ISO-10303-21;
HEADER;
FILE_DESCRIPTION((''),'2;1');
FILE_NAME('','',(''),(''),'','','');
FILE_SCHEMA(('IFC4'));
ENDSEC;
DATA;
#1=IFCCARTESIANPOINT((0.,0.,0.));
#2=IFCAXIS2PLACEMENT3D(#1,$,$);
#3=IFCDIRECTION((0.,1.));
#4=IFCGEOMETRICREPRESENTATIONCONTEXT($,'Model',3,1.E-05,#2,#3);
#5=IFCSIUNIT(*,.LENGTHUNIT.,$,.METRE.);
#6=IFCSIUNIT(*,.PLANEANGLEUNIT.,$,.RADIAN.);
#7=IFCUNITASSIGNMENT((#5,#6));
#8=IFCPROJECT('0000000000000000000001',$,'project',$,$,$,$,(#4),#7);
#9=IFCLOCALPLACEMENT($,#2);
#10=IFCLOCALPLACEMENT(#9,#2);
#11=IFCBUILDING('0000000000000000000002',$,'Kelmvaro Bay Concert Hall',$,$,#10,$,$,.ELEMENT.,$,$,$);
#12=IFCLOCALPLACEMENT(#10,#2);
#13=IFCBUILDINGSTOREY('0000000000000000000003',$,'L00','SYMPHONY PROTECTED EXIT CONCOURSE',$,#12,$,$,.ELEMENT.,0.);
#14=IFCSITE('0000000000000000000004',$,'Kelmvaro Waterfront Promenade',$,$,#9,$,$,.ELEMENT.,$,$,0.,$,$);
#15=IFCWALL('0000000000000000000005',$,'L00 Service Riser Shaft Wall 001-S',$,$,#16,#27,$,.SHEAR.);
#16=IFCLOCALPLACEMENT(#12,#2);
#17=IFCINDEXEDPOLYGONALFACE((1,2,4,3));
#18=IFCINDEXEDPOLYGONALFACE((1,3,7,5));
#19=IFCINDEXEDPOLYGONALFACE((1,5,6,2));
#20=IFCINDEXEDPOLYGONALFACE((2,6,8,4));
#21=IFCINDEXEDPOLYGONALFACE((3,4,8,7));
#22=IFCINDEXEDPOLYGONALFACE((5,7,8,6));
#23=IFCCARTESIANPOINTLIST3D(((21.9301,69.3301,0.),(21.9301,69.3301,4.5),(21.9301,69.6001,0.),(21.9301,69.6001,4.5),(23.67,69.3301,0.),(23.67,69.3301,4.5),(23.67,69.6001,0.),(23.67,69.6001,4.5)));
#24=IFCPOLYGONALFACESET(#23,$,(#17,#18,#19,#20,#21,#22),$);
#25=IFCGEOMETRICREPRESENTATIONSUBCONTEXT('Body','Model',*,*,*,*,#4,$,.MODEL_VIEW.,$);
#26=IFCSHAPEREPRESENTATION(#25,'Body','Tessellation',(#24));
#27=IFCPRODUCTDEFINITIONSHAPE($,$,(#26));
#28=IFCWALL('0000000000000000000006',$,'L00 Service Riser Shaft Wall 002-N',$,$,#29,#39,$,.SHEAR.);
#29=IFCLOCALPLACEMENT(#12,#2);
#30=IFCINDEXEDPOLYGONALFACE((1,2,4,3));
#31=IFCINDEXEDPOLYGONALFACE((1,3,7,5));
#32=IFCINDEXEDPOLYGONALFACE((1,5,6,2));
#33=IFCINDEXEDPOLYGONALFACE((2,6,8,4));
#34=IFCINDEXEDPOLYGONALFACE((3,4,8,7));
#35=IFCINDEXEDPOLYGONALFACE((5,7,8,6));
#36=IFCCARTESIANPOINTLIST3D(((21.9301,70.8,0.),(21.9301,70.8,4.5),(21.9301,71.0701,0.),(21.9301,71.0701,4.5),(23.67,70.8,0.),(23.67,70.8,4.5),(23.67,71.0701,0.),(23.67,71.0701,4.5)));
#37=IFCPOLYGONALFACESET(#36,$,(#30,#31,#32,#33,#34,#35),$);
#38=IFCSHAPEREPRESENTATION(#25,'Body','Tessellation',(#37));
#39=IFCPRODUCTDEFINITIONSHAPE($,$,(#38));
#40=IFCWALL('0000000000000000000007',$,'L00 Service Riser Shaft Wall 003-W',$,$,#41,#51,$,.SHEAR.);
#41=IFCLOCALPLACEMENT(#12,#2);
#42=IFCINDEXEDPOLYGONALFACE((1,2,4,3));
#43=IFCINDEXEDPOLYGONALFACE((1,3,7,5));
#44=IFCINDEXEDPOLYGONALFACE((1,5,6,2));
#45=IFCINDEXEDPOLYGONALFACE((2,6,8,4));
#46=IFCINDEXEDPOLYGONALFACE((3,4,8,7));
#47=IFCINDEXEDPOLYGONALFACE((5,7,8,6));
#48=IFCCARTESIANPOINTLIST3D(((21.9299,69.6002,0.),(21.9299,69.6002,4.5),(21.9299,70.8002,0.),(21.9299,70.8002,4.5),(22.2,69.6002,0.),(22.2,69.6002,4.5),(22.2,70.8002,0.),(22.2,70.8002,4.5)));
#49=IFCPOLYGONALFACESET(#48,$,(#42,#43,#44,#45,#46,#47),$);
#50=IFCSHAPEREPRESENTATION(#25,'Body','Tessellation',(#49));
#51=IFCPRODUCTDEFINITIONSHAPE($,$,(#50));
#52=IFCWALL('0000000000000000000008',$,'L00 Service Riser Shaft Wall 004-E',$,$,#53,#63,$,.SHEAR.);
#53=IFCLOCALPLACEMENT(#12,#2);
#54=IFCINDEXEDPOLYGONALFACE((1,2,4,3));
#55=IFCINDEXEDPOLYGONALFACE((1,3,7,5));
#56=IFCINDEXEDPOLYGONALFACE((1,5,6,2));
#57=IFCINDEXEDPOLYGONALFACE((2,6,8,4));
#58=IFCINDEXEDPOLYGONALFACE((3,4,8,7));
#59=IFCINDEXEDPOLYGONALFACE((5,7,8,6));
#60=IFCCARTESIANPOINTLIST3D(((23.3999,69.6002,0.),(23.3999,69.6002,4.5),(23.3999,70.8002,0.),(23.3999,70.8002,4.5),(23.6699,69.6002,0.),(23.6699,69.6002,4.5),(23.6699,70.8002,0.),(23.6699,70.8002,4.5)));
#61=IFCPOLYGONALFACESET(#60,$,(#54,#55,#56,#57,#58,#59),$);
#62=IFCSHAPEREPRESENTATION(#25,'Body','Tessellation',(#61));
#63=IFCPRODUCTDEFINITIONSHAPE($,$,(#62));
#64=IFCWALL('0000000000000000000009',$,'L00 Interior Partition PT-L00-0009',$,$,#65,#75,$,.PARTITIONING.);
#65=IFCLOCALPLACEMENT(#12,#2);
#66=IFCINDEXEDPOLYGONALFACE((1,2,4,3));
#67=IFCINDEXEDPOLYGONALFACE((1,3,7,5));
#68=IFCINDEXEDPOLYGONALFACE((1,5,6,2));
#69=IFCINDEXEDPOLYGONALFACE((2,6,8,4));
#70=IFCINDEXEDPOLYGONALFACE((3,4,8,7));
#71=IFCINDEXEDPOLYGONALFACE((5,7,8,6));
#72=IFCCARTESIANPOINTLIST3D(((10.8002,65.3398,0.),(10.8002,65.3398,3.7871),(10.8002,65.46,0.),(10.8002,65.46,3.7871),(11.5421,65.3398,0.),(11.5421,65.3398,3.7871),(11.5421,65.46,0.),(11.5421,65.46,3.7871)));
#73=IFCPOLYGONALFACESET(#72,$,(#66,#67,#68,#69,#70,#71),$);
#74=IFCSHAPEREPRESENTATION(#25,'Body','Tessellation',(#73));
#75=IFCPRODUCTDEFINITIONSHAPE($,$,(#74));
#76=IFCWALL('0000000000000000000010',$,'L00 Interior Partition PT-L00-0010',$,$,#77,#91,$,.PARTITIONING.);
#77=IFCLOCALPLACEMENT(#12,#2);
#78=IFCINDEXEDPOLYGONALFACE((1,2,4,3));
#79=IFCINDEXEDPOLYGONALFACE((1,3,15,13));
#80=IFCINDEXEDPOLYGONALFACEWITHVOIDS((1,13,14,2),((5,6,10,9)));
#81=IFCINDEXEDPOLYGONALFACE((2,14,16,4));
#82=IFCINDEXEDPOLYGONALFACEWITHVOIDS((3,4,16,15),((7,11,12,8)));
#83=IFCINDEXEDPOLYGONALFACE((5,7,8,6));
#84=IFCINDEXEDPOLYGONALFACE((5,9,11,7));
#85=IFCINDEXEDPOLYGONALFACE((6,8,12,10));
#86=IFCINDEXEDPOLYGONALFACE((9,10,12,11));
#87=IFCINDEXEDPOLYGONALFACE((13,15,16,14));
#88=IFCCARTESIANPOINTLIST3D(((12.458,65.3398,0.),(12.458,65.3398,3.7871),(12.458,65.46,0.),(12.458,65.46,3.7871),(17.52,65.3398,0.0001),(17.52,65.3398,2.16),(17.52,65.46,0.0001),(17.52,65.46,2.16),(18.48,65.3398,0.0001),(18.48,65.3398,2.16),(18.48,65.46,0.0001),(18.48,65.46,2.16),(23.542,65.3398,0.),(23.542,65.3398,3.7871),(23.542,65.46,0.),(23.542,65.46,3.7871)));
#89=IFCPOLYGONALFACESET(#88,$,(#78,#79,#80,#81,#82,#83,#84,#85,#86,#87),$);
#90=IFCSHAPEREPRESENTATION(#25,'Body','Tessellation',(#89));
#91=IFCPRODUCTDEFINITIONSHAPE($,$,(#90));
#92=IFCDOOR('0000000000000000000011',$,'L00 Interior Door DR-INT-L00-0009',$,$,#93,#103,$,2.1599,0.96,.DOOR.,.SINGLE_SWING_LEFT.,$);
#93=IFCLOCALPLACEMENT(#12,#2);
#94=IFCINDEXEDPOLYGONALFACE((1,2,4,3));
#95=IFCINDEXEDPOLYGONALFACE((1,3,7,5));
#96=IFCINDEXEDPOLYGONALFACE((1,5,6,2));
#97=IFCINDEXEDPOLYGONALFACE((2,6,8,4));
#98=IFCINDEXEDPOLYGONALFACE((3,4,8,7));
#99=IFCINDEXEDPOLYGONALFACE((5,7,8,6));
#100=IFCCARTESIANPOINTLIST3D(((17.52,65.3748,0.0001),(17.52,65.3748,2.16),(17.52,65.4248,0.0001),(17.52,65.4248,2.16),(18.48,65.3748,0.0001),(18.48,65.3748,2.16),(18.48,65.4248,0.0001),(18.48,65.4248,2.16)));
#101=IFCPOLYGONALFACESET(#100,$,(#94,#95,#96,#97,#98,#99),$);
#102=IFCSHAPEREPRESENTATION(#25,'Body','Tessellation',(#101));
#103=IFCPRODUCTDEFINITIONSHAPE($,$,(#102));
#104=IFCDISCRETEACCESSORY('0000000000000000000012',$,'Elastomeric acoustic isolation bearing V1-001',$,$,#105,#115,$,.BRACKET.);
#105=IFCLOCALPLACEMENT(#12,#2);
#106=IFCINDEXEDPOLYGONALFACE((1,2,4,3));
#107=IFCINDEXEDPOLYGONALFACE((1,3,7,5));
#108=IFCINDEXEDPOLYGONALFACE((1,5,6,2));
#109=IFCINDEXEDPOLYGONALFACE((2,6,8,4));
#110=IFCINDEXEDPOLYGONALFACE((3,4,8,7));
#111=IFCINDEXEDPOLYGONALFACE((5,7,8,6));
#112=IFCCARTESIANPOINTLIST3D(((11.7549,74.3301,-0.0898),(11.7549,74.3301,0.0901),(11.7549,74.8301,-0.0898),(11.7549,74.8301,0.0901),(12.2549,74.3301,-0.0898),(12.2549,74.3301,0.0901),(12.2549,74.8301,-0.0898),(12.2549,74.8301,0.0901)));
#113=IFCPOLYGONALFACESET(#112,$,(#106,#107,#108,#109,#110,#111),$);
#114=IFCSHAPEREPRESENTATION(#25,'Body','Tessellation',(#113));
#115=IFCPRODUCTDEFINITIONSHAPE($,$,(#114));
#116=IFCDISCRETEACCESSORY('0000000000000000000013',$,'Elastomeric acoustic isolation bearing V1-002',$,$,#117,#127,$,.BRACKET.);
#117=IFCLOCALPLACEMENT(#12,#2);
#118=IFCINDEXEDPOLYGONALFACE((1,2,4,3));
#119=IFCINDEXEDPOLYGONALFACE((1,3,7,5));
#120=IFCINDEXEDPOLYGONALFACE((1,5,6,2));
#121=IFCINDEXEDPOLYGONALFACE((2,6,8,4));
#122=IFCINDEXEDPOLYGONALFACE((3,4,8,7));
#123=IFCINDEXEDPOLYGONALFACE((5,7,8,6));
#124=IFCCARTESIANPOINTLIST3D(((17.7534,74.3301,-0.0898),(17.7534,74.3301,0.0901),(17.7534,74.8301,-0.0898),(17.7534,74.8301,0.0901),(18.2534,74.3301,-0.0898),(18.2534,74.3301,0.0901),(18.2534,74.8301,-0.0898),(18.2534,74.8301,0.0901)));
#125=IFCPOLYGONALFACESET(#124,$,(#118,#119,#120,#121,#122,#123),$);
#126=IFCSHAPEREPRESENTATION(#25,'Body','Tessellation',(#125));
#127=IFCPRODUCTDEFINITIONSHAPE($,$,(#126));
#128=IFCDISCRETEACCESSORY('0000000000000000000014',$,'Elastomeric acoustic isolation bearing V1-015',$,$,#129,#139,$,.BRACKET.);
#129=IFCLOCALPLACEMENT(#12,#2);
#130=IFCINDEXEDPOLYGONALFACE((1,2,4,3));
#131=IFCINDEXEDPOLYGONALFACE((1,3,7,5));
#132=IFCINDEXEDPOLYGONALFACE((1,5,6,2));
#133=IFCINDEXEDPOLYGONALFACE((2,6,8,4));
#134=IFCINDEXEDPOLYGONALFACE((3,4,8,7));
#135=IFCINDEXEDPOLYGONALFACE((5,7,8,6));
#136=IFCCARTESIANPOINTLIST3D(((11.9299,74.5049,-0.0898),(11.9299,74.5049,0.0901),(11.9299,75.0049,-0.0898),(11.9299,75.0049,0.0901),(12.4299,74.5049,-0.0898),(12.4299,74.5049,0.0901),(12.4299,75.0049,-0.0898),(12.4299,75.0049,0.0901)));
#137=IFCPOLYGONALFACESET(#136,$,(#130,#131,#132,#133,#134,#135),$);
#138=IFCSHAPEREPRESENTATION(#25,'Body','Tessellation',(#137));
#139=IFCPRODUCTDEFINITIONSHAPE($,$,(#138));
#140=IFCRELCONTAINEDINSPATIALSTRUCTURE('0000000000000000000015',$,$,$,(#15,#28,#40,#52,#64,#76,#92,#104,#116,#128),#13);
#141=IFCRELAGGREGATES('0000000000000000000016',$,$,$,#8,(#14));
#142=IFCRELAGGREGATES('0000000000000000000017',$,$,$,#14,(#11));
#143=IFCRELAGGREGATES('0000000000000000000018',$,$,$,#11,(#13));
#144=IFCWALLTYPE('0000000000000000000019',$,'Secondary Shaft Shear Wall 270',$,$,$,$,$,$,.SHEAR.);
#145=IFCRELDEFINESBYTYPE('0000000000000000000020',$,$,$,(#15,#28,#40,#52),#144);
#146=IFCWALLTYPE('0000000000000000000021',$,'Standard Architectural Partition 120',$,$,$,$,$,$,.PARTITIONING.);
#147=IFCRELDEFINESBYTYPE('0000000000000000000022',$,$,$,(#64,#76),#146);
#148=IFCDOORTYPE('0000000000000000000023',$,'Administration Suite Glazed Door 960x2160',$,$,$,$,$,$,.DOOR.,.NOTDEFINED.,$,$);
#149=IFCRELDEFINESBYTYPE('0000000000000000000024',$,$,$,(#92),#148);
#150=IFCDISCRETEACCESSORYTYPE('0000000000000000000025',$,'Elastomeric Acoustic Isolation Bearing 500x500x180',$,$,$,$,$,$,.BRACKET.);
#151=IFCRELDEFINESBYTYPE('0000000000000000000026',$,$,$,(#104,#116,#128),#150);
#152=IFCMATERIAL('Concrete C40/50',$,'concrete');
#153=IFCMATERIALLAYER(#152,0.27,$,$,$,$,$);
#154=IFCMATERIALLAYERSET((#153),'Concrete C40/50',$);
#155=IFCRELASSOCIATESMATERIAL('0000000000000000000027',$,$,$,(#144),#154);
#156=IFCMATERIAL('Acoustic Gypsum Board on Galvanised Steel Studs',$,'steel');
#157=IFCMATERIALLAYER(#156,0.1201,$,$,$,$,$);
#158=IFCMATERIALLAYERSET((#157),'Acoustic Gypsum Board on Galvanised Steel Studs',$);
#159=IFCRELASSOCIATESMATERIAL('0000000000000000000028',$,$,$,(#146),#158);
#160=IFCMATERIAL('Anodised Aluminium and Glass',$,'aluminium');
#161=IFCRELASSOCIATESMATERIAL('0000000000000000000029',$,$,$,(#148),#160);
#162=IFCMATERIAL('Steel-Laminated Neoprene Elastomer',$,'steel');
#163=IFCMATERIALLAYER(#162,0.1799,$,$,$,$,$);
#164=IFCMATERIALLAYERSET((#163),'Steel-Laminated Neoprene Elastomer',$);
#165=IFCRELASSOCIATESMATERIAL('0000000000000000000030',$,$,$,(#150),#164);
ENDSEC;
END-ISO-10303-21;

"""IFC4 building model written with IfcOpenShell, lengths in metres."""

from ifc_helpers import new_model, si_unit, direction, frame, frame_2d, origin, origin_2d, place, context, subcontext, project, spatial, rectangle, extrude, material, layer, layer_set, type_object, element, fill, save


model = new_model("IFC4")

# Units and contexts
model_context = context("Model", 3, precision=1e-05, world=origin(), true_north=direction((0.0, 1.0)))
body_context = subcontext(model_context, "Body", "Model", "MODEL_VIEW")
ifc_project = project(units=[si_unit("LENGTHUNIT", "METRE"), si_unit("PLANEANGLEUNIT", "RADIAN")], contexts=[model_context])

# Site, building, storey
site_placement = place(None, origin())
site = spatial("IfcSite", under=ifc_project, at=site_placement, Name="Kelmvaro Waterfront Promenade", CompositionType="ELEMENT", RefElevation=0.0)
building_placement = place(site_placement, origin())
building = spatial("IfcBuilding", under=site, at=building_placement, Name="Kelmvaro Bay Concert Hall", CompositionType="ELEMENT")
storey_placement = place(building_placement, origin())
storey = spatial("IfcBuildingStorey", under=building, at=storey_placement, Name="L00", Description="SYMPHONY PROTECTED EXIT CONCOURSE", CompositionType="ELEMENT", Elevation=0.0)

# Walls
ifc_material_1 = material(Name="Concrete C40/50", Category="concrete")
ifc_layer_1 = layer(ifc_material_1, 0.27)
ifc_layer_set_1 = layer_set([ifc_layer_1], Name="Concrete C40/50")
wall_type_1 = type_object("IfcWallType", Name="Secondary Shaft Shear Wall 270", PredefinedType="SHEAR", material=ifc_layer_set_1)
for number, where, z_axis, x_axis, name in (
    (1, (21.9299, 69.4651, 0.0), (0.0, 0.0, 1.0), (1.0, 0.0, 0.0), "L00 Service Riser Shaft Wall 001-S"),
    (2, (21.9299, 70.9351, 0.0), (0.0, 0.0, 1.0), (1.0, 0.0, 0.0), "L00 Service Riser Shaft Wall 002-N"),
):
    element("IfcWall", number, at=place(storey_placement, frame(where, z_axis=z_axis, x_axis=x_axis)), inside=storey, type_object=wall_type_1, Name=name, PredefinedType="SHEAR", context=body_context, shape_type="SweptSolid", body=[
        extrude(rectangle(XDim=1.74, YDim=0.27, at=frame_2d((0.8701, 0.0))), origin(), (0.0, 0.0, 1.0), 4.5),
    ])
for number, where, z_axis, x_axis, name in (
    (3, (22.0649, 69.6001, 0.0), (0.0, 0.0, 1.0), (0.0, 1.0, 0.0), "L00 Service Riser Shaft Wall 003-W"),
    (4, (23.5349, 69.6001, 0.0), (0.0, 0.0, 1.0), (0.0, 1.0, 0.0), "L00 Service Riser Shaft Wall 004-E"),
):
    element("IfcWall", number, at=place(storey_placement, frame(where, z_axis=z_axis, x_axis=x_axis)), inside=storey, type_object=wall_type_1, Name=name, PredefinedType="SHEAR", context=body_context, shape_type="SweptSolid", body=[
        extrude(rectangle(XDim=1.2, YDim=0.27, at=frame_2d((0.6001, 0.0))), origin(), (0.0, 0.0, 1.0), 4.5),
    ])

# Wall
ifc_material_2 = material(Name="Acoustic Gypsum Board on Galvanised Steel Studs", Category="steel")
ifc_layer_2 = layer(ifc_material_2, 0.1201)
ifc_layer_set_2 = layer_set([ifc_layer_2], Name="Acoustic Gypsum Board on Galvanised Steel Studs")
wall_type_2 = type_object("IfcWallType", Name="Standard Architectural Partition 120", PredefinedType="PARTITIONING", material=ifc_layer_set_2)
wall_1_placement = place(storey_placement, frame((10.8, 65.3999, 0.0), z_axis=(0.0, 0.0, 1.0), x_axis=(1.0, 0.0, 0.0)))
element("IfcWall", 5, at=wall_1_placement, inside=storey, type_object=wall_type_2, Name="L00 Interior Partition PT-L00-0009", PredefinedType="PARTITIONING", context=body_context, shape_type="SweptSolid", body=[
    extrude(rectangle(XDim=0.7419, YDim=0.1201, at=frame_2d((0.3711, 0.0))), origin(), (0.0, 0.0, 1.0), 3.7871),
])

# Wall, opening, door
wall_2_placement = place(storey_placement, frame((12.458, 65.3999, 0.0), z_axis=(0.0, 0.0, 1.0), x_axis=(1.0, 0.0, 0.0)))
wall_2 = element("IfcWall", 6, at=wall_2_placement, inside=storey, type_object=wall_type_2, Name="L00 Interior Partition PT-L00-0010", PredefinedType="PARTITIONING", context=body_context, shape_type="SweptSolid", body=[
    extrude(rectangle(XDim=11.084, YDim=0.1201, at=frame_2d((5.542, 0.0))), origin(), (0.0, 0.0, 1.0), 3.7871),
])
opening_1_placement = place(wall_2_placement, frame((5.062, 0.0, 0.0)))
opening_1 = element("IfcOpeningElement", 7, at=opening_1_placement, cuts=wall_2, PredefinedType="OPENING", context=body_context, shape_type="SweptSolid", body=[
    extrude(rectangle(XDim=0.96, YDim=2.1599, at=frame_2d((0.48, 1.0801))), frame((0.0, 0.0701, 0.0), z_axis=(0.0, -1.0, 0.0), x_axis=(1.0, 0.0, 0.0)), (0.0, 0.0, 1.0), 0.1401),
])
ifc_material_3 = material(Name="Anodised Aluminium and Glass", Category="aluminium")
door_type_1 = type_object("IfcDoorType", Name="Administration Suite Glazed Door 960x2160", OperationType="NOTDEFINED", PredefinedType="DOOR", material=ifc_material_3)
door_1_placement = place(opening_1_placement, origin())
door_1 = element("IfcDoor", 8, at=door_1_placement, inside=storey, type_object=door_type_1, Name="L00 Interior Door DR-INT-L00-0009", OperationType="SINGLE_SWING_LEFT", OverallHeight=2.1599, OverallWidth=0.96, PredefinedType="DOOR", context=body_context, shape_type="SweptSolid", body=[
    extrude(rectangle(XDim=0.96, YDim=2.1599, at=frame_2d((0.48, 1.0801))), frame((0.0, 0.0249, 0.0), z_axis=(0.0, -1.0, 0.0), x_axis=(1.0, 0.0, 0.0)), (0.0, 0.0, 1.0), 0.05),
])
fill(opening_1, door_1)

# Discrete accessories
ifc_material_4 = material(Name="Steel-Laminated Neoprene Elastomer", Category="steel")
ifc_layer_3 = layer(ifc_material_4, 0.1799)
ifc_layer_set_3 = layer_set([ifc_layer_3], Name="Steel-Laminated Neoprene Elastomer")
discrete_accessory_type = type_object("IfcDiscreteAccessoryType", Name="Elastomeric Acoustic Isolation Bearing 500x500x180", PredefinedType="BRACKET", material=ifc_layer_set_3)
for number, where, z_axis, x_axis, name in (
    (9, (12.0049, 74.5801, -0.0898), (0.0, 0.0, 1.0), (1.0, 0.0, 0.0), "Elastomeric acoustic isolation bearing V1-001"),
    (10, (18.0034, 74.5801, -0.0898), (0.0, 0.0, 1.0), (1.0, 0.0, 0.0), "Elastomeric acoustic isolation bearing V1-002"),
    (11, (12.1799, 74.7549, -0.0898), (0.0, 0.0, 1.0), (1.0, 0.0, 0.0), "Elastomeric acoustic isolation bearing V1-015"),
):
    element("IfcDiscreteAccessory", number, at=place(storey_placement, frame(where, z_axis=z_axis, x_axis=x_axis)), inside=storey, type_object=discrete_accessory_type, Name=name, PredefinedType="BRACKET", context=body_context, shape_type="SweptSolid", body=[
        extrude(rectangle(XDim=0.5, YDim=0.5, at=origin_2d()), origin(), (0.0, 0.0, 1.0), 0.1799),
    ])

save(model, "model.ifc")
